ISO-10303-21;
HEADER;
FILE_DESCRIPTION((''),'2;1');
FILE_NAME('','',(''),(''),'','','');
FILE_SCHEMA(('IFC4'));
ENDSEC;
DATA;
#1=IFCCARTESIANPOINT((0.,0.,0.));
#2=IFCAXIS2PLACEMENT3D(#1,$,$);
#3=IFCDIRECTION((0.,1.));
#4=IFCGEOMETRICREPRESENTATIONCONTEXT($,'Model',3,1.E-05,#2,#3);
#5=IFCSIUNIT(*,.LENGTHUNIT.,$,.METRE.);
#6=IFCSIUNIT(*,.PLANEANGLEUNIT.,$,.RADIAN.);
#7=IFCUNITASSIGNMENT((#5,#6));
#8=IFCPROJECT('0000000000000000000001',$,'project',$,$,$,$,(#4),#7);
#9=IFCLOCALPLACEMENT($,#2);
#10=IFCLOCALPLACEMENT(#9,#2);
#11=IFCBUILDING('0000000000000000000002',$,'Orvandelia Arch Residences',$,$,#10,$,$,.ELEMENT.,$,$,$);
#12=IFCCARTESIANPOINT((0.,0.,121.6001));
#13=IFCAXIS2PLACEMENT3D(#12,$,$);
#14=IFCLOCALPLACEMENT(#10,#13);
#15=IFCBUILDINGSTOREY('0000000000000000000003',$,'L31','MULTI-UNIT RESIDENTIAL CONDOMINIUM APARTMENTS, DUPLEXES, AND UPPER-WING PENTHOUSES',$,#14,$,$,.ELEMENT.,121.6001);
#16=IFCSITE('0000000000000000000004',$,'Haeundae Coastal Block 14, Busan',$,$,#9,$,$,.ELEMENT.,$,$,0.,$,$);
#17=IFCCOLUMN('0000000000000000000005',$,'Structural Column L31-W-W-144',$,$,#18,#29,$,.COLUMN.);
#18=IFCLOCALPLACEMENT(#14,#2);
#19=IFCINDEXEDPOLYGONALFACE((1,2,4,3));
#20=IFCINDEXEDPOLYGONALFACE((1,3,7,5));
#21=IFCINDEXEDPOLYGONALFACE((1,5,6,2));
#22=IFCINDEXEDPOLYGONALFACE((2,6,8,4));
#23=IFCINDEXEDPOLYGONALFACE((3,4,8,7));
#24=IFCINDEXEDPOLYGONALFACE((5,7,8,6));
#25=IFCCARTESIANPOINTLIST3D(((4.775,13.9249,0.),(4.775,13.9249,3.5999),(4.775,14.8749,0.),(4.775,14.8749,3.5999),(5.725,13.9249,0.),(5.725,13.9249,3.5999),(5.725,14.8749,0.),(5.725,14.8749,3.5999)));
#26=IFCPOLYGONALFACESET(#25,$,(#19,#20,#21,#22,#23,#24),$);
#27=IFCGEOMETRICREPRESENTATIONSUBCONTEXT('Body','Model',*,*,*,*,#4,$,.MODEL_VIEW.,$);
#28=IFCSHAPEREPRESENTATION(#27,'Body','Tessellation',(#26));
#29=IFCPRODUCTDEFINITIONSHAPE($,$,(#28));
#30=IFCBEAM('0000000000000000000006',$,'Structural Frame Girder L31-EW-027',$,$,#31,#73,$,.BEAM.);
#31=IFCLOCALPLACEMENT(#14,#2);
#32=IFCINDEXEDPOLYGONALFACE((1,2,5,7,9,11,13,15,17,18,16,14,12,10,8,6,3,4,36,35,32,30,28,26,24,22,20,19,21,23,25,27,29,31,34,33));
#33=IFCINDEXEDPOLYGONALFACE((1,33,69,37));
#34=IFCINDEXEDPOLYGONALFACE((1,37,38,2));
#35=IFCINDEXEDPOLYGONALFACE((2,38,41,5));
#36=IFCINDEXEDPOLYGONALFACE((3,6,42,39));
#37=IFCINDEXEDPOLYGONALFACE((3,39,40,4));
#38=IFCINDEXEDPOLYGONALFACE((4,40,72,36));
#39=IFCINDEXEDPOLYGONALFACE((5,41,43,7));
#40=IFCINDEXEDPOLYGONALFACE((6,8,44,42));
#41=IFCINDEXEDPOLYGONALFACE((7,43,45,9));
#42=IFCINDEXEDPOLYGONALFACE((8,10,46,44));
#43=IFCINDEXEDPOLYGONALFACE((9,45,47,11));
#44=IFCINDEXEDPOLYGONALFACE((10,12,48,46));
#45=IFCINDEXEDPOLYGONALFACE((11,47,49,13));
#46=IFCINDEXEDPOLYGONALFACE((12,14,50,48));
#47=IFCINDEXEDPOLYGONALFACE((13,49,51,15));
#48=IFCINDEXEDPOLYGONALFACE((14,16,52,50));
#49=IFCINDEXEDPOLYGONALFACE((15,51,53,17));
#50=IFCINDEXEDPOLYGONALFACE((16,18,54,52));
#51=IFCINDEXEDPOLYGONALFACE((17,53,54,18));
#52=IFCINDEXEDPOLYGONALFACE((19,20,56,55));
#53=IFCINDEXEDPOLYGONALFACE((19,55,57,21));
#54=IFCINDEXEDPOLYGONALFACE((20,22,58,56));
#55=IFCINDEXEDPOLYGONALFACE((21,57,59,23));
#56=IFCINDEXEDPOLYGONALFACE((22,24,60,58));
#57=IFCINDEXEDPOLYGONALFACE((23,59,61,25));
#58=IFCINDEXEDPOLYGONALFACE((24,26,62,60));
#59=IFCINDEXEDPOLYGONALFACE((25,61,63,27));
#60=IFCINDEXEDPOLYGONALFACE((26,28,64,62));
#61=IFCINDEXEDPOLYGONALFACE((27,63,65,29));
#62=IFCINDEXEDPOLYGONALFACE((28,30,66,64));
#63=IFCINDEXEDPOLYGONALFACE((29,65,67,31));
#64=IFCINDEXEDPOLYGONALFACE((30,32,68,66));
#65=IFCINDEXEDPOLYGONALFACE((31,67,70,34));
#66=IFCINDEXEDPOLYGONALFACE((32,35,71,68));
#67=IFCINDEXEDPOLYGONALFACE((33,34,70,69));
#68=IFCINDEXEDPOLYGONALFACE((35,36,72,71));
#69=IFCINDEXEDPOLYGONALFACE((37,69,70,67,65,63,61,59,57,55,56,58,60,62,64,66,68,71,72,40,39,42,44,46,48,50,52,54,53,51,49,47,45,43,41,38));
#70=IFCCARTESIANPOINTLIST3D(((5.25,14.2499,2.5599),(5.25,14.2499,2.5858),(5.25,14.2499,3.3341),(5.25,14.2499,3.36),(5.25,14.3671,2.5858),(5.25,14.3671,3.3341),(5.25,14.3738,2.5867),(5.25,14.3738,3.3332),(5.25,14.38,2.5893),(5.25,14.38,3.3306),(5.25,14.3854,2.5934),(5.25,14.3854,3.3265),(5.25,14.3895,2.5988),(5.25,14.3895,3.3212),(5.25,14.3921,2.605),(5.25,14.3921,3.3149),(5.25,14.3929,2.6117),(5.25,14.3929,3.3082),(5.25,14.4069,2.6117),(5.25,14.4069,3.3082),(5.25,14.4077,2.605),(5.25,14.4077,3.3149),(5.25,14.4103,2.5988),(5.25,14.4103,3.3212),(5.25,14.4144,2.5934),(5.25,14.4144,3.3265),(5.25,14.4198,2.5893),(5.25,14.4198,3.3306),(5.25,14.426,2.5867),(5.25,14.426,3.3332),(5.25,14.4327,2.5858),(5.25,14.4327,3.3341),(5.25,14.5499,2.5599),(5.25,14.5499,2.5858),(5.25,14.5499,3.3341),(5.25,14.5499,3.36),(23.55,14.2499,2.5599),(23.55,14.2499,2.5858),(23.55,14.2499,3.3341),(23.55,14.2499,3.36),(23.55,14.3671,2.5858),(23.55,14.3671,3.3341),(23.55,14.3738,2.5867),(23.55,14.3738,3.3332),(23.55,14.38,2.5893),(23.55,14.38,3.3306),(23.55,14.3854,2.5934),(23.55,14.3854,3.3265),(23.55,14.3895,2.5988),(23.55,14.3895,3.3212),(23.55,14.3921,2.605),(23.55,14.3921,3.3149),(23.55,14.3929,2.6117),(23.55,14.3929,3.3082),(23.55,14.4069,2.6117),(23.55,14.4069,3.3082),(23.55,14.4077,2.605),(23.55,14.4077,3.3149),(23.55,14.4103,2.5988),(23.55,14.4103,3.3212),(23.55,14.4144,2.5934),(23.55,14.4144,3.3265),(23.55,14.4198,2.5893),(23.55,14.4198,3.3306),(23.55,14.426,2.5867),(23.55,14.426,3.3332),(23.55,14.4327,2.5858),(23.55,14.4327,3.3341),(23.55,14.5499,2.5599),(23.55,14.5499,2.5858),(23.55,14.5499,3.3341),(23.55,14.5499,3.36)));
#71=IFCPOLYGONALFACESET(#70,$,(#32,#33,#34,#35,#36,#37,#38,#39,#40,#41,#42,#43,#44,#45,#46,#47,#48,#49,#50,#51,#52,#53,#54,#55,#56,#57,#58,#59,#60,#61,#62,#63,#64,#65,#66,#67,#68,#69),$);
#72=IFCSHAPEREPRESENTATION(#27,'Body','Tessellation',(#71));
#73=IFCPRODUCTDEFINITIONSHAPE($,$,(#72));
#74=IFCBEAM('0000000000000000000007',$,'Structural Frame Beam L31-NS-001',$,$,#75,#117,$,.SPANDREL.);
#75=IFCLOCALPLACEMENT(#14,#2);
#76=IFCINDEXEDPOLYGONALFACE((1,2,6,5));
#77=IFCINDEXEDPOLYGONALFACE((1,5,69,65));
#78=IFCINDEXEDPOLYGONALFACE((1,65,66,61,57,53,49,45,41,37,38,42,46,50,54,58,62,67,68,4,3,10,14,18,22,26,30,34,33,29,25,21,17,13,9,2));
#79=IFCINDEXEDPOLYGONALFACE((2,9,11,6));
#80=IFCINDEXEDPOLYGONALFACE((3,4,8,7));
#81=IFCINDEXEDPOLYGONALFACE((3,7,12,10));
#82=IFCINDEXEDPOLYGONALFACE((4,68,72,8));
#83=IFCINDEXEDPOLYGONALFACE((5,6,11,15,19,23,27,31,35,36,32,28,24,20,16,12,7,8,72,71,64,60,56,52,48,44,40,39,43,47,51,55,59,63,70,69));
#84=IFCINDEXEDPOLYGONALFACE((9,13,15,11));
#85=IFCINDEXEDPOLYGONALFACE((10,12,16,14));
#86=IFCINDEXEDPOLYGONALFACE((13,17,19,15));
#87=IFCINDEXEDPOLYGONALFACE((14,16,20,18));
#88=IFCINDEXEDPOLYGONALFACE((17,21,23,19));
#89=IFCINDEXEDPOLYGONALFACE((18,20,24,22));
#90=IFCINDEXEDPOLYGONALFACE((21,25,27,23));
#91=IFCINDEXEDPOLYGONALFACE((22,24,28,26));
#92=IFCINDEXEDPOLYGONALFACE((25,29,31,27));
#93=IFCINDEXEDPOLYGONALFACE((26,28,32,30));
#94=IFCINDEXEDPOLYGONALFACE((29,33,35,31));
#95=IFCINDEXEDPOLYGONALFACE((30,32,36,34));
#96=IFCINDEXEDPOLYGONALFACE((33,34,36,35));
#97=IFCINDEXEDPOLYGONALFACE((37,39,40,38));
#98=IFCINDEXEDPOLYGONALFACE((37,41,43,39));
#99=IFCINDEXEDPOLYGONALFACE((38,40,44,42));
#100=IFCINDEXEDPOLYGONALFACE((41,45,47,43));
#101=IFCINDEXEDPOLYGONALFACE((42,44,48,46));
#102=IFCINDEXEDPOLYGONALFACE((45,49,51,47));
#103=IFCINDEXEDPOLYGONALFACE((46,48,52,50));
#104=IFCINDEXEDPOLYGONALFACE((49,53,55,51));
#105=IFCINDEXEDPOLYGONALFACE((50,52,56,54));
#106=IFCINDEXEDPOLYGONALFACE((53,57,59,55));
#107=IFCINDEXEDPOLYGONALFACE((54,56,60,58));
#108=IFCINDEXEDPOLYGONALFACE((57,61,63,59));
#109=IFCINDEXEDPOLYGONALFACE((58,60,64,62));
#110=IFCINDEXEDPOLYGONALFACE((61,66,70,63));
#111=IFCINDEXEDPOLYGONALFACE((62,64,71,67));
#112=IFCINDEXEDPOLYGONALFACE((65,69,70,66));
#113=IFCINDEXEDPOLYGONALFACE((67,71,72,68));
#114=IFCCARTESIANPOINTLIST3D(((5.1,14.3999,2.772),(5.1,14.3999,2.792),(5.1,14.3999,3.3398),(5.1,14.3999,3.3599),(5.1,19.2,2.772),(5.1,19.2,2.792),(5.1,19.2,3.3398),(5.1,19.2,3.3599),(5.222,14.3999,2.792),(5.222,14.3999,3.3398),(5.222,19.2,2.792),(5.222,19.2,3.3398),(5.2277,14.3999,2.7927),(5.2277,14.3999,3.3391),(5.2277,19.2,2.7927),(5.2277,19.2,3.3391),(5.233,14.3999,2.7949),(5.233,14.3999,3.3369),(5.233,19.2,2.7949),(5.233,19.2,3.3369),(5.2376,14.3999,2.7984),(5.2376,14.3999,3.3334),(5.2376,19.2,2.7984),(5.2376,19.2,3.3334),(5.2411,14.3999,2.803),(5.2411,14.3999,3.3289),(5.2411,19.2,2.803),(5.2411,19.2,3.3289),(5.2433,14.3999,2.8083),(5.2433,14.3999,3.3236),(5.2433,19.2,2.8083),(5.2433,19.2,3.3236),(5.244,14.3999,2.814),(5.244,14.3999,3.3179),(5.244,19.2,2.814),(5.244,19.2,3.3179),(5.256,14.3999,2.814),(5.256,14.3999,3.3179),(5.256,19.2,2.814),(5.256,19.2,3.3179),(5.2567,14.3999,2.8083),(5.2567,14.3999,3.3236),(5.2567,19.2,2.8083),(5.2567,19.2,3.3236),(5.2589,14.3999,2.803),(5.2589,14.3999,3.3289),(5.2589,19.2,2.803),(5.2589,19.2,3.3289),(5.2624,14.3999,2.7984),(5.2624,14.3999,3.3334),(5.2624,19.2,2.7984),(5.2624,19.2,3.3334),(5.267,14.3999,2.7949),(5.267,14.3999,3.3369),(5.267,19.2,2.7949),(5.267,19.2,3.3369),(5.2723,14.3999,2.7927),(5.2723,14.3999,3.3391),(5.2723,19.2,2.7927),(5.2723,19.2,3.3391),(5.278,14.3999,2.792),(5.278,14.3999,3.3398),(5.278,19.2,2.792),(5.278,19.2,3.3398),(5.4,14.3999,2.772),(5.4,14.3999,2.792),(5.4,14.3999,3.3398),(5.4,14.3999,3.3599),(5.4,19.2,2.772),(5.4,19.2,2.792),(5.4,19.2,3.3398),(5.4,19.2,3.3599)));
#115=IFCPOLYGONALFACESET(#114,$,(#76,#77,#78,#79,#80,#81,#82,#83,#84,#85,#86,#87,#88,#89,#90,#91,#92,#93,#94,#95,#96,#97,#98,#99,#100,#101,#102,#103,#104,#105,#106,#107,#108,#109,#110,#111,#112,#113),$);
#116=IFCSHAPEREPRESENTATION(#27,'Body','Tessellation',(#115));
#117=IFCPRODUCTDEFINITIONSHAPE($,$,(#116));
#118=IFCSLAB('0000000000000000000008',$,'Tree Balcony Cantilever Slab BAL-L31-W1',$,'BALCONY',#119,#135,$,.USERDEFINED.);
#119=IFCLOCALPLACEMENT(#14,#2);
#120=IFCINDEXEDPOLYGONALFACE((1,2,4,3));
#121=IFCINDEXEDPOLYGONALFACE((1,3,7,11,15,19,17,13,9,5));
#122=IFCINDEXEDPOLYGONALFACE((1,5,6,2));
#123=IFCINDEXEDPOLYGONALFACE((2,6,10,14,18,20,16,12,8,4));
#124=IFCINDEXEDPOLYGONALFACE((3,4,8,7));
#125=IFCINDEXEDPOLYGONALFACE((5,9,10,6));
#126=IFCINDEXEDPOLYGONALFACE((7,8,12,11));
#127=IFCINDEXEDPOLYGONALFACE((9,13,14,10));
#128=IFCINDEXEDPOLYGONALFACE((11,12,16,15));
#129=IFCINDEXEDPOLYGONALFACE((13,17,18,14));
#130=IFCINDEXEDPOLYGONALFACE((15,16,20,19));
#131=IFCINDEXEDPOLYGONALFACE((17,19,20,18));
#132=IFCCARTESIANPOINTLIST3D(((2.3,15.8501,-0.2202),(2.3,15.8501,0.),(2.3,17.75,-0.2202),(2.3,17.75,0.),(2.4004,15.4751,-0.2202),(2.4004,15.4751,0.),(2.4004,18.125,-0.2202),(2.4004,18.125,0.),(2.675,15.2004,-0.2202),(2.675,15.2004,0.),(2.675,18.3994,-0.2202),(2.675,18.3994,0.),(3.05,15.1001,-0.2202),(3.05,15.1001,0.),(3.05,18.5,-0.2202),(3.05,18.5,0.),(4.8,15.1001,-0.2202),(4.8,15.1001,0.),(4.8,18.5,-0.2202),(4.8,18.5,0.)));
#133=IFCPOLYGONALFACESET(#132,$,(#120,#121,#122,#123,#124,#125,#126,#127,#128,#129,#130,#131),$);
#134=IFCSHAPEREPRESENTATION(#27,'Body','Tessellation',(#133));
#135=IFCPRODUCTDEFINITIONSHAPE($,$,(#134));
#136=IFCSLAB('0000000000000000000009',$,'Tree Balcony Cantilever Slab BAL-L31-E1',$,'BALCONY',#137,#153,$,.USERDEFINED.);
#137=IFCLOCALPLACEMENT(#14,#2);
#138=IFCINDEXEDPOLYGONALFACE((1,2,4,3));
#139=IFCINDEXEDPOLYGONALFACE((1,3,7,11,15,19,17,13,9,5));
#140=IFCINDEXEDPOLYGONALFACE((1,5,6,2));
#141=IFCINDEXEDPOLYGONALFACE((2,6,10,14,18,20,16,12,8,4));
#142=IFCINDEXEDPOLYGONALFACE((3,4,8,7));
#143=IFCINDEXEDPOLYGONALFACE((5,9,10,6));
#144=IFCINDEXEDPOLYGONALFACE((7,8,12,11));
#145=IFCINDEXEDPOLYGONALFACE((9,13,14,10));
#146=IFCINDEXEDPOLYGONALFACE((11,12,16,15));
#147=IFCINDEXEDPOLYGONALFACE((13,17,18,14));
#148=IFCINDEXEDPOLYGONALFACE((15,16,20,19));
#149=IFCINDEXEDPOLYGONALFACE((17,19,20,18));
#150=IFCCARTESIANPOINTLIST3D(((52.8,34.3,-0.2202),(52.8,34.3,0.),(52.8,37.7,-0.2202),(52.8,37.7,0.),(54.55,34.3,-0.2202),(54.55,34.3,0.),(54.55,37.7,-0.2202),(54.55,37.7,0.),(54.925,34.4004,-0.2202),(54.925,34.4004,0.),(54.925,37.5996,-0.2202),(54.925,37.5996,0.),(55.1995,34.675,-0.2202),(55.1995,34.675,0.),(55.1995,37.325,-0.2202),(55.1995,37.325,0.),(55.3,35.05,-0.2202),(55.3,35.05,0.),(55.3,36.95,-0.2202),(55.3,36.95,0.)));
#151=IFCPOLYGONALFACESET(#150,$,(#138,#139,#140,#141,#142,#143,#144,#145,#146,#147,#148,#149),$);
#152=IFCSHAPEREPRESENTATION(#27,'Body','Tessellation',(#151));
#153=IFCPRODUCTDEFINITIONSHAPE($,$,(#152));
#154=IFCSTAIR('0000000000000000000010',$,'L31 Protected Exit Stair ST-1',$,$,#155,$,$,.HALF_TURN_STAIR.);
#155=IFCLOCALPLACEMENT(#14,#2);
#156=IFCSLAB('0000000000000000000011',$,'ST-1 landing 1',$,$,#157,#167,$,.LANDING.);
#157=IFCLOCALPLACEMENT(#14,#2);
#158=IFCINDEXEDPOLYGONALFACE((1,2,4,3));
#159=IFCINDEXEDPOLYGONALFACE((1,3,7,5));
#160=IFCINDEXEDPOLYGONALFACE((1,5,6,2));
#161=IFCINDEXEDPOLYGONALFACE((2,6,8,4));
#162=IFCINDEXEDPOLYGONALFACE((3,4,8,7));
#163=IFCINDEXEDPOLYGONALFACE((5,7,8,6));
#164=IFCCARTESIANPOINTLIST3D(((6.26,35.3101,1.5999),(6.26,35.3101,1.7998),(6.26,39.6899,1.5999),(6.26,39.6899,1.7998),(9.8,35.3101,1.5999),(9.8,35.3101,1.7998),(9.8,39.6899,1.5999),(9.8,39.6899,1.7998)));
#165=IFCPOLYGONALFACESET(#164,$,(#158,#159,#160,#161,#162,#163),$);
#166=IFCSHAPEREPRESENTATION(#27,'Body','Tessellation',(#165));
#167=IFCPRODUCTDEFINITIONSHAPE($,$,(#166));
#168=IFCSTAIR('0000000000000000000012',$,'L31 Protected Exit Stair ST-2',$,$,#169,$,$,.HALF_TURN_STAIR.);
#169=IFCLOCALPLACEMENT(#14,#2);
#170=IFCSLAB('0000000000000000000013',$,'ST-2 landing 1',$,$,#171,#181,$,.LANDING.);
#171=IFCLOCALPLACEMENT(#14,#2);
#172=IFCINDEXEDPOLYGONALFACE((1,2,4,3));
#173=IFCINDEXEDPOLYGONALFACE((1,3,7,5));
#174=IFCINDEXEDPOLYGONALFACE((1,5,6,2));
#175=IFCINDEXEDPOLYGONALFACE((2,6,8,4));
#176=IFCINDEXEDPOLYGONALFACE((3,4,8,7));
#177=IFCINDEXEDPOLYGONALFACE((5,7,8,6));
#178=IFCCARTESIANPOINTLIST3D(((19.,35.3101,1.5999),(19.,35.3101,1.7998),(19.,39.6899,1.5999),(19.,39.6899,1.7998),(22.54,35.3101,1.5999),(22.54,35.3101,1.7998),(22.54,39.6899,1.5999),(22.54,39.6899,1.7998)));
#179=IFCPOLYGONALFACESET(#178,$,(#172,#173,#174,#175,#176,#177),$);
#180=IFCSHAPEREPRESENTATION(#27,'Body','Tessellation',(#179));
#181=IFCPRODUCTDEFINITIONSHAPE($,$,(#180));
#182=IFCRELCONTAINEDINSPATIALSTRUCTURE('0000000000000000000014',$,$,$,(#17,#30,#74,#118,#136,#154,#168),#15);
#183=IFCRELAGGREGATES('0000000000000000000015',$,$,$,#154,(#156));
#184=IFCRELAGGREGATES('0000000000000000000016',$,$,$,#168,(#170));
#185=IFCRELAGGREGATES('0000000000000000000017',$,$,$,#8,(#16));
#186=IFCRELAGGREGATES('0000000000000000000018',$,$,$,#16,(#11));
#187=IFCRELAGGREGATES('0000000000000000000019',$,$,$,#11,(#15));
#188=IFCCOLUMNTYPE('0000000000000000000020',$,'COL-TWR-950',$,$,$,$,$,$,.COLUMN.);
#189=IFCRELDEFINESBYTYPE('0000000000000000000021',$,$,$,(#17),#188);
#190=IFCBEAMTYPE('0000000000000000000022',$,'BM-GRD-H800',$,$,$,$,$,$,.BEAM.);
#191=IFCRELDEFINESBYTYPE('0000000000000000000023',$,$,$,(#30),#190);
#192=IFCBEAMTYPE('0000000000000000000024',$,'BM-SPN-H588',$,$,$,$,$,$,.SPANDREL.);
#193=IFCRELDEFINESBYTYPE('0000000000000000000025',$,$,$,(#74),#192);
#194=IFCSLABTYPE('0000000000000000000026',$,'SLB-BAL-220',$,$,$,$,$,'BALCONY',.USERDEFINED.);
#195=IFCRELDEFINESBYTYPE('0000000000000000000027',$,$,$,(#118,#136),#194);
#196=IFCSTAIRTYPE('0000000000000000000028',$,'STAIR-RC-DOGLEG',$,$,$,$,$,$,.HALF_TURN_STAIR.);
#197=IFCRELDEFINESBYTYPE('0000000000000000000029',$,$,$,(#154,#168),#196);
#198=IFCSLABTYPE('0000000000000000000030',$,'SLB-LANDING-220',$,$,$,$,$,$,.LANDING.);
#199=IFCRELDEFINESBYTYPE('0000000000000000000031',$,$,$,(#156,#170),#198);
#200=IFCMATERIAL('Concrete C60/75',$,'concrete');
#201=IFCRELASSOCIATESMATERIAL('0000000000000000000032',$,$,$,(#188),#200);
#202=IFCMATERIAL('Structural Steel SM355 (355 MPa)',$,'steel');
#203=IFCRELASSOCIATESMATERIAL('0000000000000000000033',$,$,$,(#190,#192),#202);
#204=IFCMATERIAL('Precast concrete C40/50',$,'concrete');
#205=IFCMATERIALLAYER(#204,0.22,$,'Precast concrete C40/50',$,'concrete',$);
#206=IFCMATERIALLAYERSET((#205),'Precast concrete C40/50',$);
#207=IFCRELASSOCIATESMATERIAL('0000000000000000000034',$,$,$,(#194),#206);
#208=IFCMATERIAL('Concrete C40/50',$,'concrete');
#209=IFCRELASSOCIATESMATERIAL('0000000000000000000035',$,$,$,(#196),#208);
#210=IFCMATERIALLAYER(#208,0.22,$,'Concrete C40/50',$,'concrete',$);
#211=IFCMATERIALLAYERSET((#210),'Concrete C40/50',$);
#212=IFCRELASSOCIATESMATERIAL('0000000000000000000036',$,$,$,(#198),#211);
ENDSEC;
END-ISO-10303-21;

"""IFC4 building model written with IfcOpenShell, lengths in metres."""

from ifc_helpers import new_model, si_unit, direction, frame, origin, origin_2d, place, context, subcontext, project, spatial, polyline, rectangle, i_section, outline, extrude, material, layer, layer_set, material_profile, profile_set, type_object, element, aggregate, save


model = new_model("IFC4")

# Units and contexts
model_context = context("Model", 3, precision=1e-05, world=origin(), true_north=direction((0.0, 1.0)))
body_context = subcontext(model_context, "Body", "Model", "MODEL_VIEW")
ifc_project = project(units=[si_unit("LENGTHUNIT", "METRE"), si_unit("PLANEANGLEUNIT", "RADIAN")], contexts=[model_context])

# Site, building, storey
site_placement = place(None, origin())
site = spatial("IfcSite", under=ifc_project, at=site_placement, Name="Haeundae Coastal Block 14, Busan", CompositionType="ELEMENT", RefElevation=0.0)
building_placement = place(site_placement, origin())
building = spatial("IfcBuilding", under=site, at=building_placement, Name="Orvandelia Arch Residences", CompositionType="ELEMENT")
storey_placement = place(building_placement, frame((0.0, 0.0, 121.6001)))
storey = spatial("IfcBuildingStorey", under=building, at=storey_placement, Name="L31", Description="MULTI-UNIT RESIDENTIAL CONDOMINIUM APARTMENTS, DUPLEXES, AND UPPER-WING PENTHOUSES", CompositionType="ELEMENT", Elevation=121.6001)

# Column
ifc_material_1 = material(Name="Concrete C60/75", Category="concrete")
ifc_material_profile_1 = material_profile(ifc_material_1, rectangle(XDim=0.95, YDim=0.95, at=origin_2d()), Name="Concrete C60/75", Category="concrete")
ifc_profile_set_1 = profile_set([ifc_material_profile_1], Name="Concrete C60/75")
column_type = type_object("IfcColumnType", Name="COL-TWR-950", PredefinedType="COLUMN", material=ifc_profile_set_1)
column_placement = place(storey_placement, frame((5.25, 14.3999, 0.0), z_axis=(0.0, 0.0, 1.0), x_axis=(1.0, 0.0, 0.0)))
element("IfcColumn", 1, at=column_placement, inside=storey, type_object=column_type, Name="Structural Column L31-W-W-144", PredefinedType="COLUMN", context=body_context, shape_type="SweptSolid", body=[
    extrude(rectangle(XDim=0.95, YDim=0.95, at=origin_2d()), origin(), (0.0, 0.0, 1.0), 3.5999),
])

# Beams
ifc_material_2 = material(Name="Structural Steel SM355 (355 MPa)", Category="steel")
ifc_material_profile_2 = material_profile(ifc_material_2, i_section(OverallWidth=0.3, OverallDepth=0.8, WebThickness=0.0139, FlangeThickness=0.0259, FilletRadius=0.0259, at=origin_2d()), Name="Structural Steel SM355 (355 MPa)", Category="steel")
ifc_profile_set_2 = profile_set([ifc_material_profile_2], Name="Structural Steel SM355 (355 MPa)")
beam_type_1 = type_object("IfcBeamType", Name="BM-GRD-H800", PredefinedType="BEAM", material=ifc_profile_set_2)
beam_1_placement = place(storey_placement, frame((5.25, 14.3999, 2.96), z_axis=(1.0, 0.0, 0.0), x_axis=(0.0, 1.0, 0.0)))
element("IfcBeam", 2, at=beam_1_placement, inside=storey, type_object=beam_type_1, Name="Structural Frame Girder L31-EW-027", PredefinedType="BEAM", context=body_context, shape_type="SweptSolid", body=[
    extrude(i_section(OverallWidth=0.3, OverallDepth=0.8, WebThickness=0.0139, FlangeThickness=0.0259, FilletRadius=0.0259, at=origin_2d()), origin(), (0.0, 0.0, 1.0), 18.3),
])
ifc_material_profile_3 = material_profile(ifc_material_2, i_section(OverallWidth=0.3, OverallDepth=0.5879, WebThickness=0.012, FlangeThickness=0.02, FilletRadius=0.022, at=origin_2d()), Name="Structural Steel SM355 (355 MPa)", Category="steel")
ifc_profile_set_3 = profile_set([ifc_material_profile_3], Name="Structural Steel SM355 (355 MPa)")
beam_type_2 = type_object("IfcBeamType", Name="BM-SPN-H588", PredefinedType="SPANDREL", material=ifc_profile_set_3)
beam_2_placement = place(storey_placement, frame((5.25, 14.3999, 3.0659), z_axis=(0.0, 1.0, 0.0), x_axis=(-1.0, 0.0, 0.0)))
element("IfcBeam", 3, at=beam_2_placement, inside=storey, type_object=beam_type_2, Name="Structural Frame Beam L31-NS-001", PredefinedType="SPANDREL", context=body_context, shape_type="SweptSolid", body=[
    extrude(i_section(OverallWidth=0.3, OverallDepth=0.5879, WebThickness=0.012, FlangeThickness=0.02, FilletRadius=0.022, at=origin_2d()), origin(), (0.0, 0.0, 1.0), 4.8),
])

# Slabs
ifc_material_3 = material(Name="Precast concrete C40/50", Category="concrete")
ifc_layer_1 = layer(ifc_material_3, 0.22, Name="Precast concrete C40/50", Category="concrete")
ifc_layer_set_1 = layer_set([ifc_layer_1], Name="Precast concrete C40/50")
slab_type_1 = type_object("IfcSlabType", Name="SLB-BAL-220", ElementType="BALCONY", PredefinedType="USERDEFINED", material=ifc_layer_set_1)
slab_1_placement = place(storey_placement, frame((0.0, 0.0, -0.2202)))
element("IfcSlab", 4, at=slab_1_placement, inside=storey, type_object=slab_type_1, Name="Tree Balcony Cantilever Slab BAL-L31-W1", ObjectType="BALCONY", PredefinedType="USERDEFINED", context=body_context, shape_type="SweptSolid", body=[
    extrude(outline(polyline([(4.8, 15.1001), (4.8, 18.5), (3.05, 18.5), (2.675, 18.3994), (2.4004, 18.125), (2.3, 17.75), (2.3, 15.8501), (2.4004, 15.4751), (2.675, 15.2004), (3.05, 15.1001), (4.8, 15.1001)])), origin(), (0.0, 0.0, 1.0), 0.2202),
])
slab_2_placement = place(storey_placement, frame((0.0, 0.0, -0.2202)))
element("IfcSlab", 5, at=slab_2_placement, inside=storey, type_object=slab_type_1, Name="Tree Balcony Cantilever Slab BAL-L31-E1", ObjectType="BALCONY", PredefinedType="USERDEFINED", context=body_context, shape_type="SweptSolid", body=[
    extrude(outline(polyline([(52.8, 37.7), (52.8, 34.3), (54.55, 34.3), (54.925, 34.4004), (55.1995, 34.675), (55.3, 35.05), (55.3, 36.95), (55.1995, 37.325), (54.925, 37.5996), (54.55, 37.7), (52.8, 37.7)])), origin(), (0.0, 0.0, 1.0), 0.2202),
])

# Stairs, slabs
ifc_material_4 = material(Name="Concrete C40/50", Category="concrete")
stair_type = type_object("IfcStairType", Name="STAIR-RC-DOGLEG", PredefinedType="HALF_TURN_STAIR", material=ifc_material_4)
stair_1_placement = place(storey_placement, origin())
stair_1 = element("IfcStair", 6, at=stair_1_placement, inside=storey, type_object=stair_type, Name="L31 Protected Exit Stair ST-1", PredefinedType="HALF_TURN_STAIR")
ifc_layer_2 = layer(ifc_material_4, 0.22, Name="Concrete C40/50", Category="concrete")
ifc_layer_set_2 = layer_set([ifc_layer_2], Name="Concrete C40/50")
slab_type_2 = type_object("IfcSlabType", Name="SLB-LANDING-220", PredefinedType="LANDING", material=ifc_layer_set_2)
slab_3_placement = place(storey_placement, frame((0.0, 0.0, 1.5999)))
slab_3 = element("IfcSlab", 7, at=slab_3_placement, type_object=slab_type_2, Name="ST-1 landing 1", PredefinedType="LANDING", context=body_context, shape_type="SweptSolid", body=[
    extrude(outline(polyline([(9.8, 35.3101), (9.8, 39.6899), (6.26, 39.6899), (6.26, 35.3101), (9.8, 35.3101)])), origin(), (0.0, 0.0, 1.0), 0.2),
])
aggregate(stair_1, [slab_3])
stair_2_placement = place(storey_placement, origin())
stair_2 = element("IfcStair", 8, at=stair_2_placement, inside=storey, type_object=stair_type, Name="L31 Protected Exit Stair ST-2", PredefinedType="HALF_TURN_STAIR")
slab_4_placement = place(storey_placement, frame((0.0, 0.0, 1.5999)))
slab_4 = element("IfcSlab", 9, at=slab_4_placement, type_object=slab_type_2, Name="ST-2 landing 1", PredefinedType="LANDING", context=body_context, shape_type="SweptSolid", body=[
    extrude(outline(polyline([(22.54, 35.3101), (22.54, 39.6899), (19.0, 39.6899), (19.0, 35.3101), (22.54, 35.3101)])), origin(), (0.0, 0.0, 1.0), 0.2),
])
aggregate(stair_2, [slab_4])

save(model, "model.ifc")
